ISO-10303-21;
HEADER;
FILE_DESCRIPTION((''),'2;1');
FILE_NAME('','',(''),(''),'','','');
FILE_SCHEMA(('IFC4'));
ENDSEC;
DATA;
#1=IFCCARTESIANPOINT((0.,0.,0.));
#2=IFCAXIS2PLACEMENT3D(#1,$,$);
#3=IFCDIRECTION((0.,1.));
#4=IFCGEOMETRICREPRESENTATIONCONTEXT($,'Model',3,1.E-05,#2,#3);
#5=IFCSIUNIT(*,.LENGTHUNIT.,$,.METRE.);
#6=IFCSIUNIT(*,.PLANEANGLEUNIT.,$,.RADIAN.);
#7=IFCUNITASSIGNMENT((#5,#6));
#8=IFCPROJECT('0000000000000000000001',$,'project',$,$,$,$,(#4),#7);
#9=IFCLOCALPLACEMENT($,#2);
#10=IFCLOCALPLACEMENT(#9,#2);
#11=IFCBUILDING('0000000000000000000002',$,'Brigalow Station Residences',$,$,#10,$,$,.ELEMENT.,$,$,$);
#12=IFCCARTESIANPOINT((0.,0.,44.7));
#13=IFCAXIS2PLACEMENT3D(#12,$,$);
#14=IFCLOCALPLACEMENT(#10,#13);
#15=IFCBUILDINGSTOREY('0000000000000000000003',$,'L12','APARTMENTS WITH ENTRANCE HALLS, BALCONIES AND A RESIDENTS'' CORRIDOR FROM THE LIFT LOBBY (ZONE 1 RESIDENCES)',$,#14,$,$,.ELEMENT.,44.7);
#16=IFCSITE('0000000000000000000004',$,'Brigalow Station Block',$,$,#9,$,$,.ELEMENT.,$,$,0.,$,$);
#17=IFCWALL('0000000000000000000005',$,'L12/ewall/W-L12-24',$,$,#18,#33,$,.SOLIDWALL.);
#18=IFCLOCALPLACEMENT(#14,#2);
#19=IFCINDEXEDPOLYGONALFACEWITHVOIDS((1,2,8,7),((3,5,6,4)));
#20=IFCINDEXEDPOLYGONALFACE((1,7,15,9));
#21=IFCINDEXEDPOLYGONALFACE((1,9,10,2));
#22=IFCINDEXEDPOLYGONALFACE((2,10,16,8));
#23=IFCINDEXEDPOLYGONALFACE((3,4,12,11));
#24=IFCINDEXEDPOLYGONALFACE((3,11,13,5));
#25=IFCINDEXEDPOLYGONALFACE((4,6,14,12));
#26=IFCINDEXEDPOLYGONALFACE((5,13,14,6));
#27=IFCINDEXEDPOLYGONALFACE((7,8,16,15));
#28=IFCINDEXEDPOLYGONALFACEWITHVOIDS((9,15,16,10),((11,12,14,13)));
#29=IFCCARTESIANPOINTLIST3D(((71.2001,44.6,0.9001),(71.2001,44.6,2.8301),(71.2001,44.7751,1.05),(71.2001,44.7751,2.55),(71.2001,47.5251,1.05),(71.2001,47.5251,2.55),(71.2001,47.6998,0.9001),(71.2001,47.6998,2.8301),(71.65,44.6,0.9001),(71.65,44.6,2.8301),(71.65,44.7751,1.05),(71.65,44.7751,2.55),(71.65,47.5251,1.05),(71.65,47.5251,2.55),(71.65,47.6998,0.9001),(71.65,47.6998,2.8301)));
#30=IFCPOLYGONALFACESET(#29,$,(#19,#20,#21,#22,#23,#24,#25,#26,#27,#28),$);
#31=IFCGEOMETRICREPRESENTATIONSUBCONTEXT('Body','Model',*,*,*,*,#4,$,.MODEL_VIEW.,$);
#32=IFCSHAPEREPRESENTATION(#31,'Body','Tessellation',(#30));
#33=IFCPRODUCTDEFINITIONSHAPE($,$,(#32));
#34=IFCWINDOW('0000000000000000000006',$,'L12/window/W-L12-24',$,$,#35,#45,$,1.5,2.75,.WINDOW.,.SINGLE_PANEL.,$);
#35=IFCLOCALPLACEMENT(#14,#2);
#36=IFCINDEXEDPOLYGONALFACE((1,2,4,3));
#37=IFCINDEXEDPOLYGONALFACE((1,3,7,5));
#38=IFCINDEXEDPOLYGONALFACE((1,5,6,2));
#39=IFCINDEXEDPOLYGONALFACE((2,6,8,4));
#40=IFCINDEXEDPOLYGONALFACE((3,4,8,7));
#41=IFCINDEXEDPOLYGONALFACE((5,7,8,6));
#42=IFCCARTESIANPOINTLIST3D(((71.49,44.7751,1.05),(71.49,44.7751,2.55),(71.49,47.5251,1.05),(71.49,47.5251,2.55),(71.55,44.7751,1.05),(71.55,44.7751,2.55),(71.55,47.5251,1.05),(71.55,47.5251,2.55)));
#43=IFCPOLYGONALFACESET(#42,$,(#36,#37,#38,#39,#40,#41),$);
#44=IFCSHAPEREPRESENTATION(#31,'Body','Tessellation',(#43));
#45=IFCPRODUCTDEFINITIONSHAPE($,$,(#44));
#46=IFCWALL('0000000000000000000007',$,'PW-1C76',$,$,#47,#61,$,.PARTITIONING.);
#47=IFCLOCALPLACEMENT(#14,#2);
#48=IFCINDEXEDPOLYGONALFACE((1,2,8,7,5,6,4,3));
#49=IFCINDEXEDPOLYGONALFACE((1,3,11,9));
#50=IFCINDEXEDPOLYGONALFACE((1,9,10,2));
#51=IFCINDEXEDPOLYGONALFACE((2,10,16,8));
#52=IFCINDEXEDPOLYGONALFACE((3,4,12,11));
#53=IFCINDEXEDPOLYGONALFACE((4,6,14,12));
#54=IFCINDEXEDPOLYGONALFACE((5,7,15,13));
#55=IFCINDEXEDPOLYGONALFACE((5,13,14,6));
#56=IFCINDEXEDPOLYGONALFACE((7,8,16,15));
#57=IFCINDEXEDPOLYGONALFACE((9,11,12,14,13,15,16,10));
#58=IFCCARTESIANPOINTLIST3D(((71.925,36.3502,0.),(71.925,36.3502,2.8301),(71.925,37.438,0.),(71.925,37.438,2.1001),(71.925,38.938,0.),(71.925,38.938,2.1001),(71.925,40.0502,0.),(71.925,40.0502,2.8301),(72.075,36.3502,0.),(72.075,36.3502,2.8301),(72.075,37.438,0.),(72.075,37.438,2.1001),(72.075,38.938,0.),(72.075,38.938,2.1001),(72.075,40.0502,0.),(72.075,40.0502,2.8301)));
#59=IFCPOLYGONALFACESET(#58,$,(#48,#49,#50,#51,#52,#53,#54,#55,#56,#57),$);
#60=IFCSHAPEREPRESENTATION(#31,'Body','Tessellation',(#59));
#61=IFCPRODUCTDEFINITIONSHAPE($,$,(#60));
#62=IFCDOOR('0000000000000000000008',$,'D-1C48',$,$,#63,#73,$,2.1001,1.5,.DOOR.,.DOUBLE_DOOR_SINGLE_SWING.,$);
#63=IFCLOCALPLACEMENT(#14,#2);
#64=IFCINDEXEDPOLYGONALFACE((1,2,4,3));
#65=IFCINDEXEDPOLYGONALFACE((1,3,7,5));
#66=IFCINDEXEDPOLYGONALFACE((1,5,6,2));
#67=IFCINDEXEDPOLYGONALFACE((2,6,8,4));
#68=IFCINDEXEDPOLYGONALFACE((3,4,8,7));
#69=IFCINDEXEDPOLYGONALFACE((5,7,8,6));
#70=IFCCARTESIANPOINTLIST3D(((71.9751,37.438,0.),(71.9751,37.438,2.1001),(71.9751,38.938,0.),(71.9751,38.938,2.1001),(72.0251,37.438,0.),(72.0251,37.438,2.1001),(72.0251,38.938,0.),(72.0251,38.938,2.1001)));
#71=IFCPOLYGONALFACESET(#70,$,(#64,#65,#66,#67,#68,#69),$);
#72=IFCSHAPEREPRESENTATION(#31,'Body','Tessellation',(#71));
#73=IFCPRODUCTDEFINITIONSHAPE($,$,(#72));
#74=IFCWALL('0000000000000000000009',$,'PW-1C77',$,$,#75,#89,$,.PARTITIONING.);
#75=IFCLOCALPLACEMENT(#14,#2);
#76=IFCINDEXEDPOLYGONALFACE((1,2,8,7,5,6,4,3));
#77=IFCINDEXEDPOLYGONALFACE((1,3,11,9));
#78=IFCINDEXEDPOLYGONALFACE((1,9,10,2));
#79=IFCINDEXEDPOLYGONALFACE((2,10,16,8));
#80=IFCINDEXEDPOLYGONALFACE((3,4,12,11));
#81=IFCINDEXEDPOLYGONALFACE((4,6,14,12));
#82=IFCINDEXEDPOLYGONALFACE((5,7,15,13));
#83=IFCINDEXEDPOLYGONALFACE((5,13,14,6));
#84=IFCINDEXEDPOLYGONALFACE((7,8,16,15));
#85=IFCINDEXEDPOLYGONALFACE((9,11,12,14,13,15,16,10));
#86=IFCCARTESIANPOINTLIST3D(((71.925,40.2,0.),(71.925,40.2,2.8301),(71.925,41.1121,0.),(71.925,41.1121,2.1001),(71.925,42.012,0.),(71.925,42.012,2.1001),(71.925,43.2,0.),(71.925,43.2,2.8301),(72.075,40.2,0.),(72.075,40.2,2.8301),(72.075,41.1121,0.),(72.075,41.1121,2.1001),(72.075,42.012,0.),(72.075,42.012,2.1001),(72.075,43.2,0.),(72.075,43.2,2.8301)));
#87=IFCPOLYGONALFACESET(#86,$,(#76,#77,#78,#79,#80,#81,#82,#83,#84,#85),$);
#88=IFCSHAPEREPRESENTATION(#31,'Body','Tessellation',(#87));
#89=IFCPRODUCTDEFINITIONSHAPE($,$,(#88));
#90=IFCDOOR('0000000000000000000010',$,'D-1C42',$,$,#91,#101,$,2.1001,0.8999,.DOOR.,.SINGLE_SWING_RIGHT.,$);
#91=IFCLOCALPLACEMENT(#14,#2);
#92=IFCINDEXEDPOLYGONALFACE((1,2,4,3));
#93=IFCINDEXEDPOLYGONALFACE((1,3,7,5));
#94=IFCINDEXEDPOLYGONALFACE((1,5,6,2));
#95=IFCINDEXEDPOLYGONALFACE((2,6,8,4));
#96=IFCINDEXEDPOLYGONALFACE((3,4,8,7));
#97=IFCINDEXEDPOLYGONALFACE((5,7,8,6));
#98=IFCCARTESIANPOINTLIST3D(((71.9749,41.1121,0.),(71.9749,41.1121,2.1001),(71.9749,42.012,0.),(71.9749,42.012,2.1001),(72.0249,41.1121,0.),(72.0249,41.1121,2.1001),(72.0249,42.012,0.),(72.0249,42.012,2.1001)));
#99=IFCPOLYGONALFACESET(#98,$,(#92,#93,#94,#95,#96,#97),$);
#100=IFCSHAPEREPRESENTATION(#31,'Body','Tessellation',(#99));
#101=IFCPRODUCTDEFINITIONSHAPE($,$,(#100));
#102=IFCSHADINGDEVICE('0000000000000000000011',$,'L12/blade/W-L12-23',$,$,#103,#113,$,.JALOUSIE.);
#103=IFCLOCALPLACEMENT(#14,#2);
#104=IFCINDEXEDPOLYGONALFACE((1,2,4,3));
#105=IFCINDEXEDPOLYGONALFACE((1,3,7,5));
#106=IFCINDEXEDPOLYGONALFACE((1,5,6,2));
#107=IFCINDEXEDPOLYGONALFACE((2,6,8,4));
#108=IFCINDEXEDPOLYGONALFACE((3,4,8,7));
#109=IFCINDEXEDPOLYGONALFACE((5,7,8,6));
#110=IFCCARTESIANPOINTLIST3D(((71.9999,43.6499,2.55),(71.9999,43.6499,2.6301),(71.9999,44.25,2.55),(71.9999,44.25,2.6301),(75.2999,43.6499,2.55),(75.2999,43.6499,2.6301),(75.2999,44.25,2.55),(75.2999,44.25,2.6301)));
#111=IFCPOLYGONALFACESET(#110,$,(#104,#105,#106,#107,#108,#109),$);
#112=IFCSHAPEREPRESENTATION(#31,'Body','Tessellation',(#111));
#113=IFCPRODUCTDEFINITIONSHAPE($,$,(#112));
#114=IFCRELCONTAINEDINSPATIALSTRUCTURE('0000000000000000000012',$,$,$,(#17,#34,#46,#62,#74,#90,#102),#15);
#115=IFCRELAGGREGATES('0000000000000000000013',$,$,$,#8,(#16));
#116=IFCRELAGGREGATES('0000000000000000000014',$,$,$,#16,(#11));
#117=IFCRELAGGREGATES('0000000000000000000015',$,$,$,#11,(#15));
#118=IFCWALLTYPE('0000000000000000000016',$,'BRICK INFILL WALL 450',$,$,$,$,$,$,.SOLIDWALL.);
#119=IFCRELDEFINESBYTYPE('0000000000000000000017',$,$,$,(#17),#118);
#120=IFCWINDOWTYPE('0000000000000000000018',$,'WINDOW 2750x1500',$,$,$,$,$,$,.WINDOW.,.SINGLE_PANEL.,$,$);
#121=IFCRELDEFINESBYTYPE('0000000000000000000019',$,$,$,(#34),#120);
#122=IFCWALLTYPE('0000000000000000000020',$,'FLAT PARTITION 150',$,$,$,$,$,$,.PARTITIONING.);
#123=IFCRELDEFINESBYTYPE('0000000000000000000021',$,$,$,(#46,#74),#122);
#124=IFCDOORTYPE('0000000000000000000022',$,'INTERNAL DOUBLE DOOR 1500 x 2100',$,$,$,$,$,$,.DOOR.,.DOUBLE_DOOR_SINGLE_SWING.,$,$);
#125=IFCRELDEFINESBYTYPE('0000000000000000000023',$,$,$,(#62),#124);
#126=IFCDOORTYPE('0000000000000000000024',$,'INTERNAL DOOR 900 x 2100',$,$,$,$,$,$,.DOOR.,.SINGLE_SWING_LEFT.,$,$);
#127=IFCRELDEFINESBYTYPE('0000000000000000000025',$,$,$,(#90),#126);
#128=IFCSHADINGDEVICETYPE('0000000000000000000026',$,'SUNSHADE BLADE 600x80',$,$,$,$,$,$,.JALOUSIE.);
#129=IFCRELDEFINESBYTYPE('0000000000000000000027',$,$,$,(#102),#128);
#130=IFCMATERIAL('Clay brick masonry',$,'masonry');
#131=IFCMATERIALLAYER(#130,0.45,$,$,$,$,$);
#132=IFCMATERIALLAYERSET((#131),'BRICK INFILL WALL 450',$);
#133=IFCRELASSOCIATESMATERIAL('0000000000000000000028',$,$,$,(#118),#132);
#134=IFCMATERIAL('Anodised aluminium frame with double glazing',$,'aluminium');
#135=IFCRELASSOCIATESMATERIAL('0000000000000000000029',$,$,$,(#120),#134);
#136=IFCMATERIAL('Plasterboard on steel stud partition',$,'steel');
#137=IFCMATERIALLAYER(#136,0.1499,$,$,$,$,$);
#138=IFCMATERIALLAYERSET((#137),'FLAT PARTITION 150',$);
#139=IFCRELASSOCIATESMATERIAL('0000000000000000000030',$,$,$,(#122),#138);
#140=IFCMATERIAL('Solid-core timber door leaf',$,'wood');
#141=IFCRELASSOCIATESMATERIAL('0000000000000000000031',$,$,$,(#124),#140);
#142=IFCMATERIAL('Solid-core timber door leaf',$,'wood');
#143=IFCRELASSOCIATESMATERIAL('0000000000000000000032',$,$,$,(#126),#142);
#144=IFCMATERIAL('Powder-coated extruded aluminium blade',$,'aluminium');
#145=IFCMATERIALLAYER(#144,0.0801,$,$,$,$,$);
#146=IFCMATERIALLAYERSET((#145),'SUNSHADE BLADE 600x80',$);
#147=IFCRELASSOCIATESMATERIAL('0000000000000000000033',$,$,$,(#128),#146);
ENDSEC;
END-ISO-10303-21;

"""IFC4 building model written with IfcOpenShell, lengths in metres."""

from ifc_helpers import new_model, si_unit, direction, frame, frame_2d, origin, origin_2d, place, context, subcontext, project, spatial, rectangle, extrude, material, layer, layer_set, type_object, element, fill, save


model = new_model("IFC4")

# Units and contexts
model_context = context("Model", 3, precision=1e-05, world=origin(), true_north=direction((0.0, 1.0)))
body_context = subcontext(model_context, "Body", "Model", "MODEL_VIEW")
ifc_project = project(units=[si_unit("LENGTHUNIT", "METRE"), si_unit("PLANEANGLEUNIT", "RADIAN")], contexts=[model_context])

# Site, building, storey
site_placement = place(None, origin())
site = spatial("IfcSite", under=ifc_project, at=site_placement, Name="Brigalow Station Block", CompositionType="ELEMENT", RefElevation=0.0)
building_placement = place(site_placement, origin())
building = spatial("IfcBuilding", under=site, at=building_placement, Name="Brigalow Station Residences", CompositionType="ELEMENT")
storey_placement = place(building_placement, frame((0.0, 0.0, 44.7)))
storey = spatial("IfcBuildingStorey", under=building, at=storey_placement, Name="L12", Description="APARTMENTS WITH ENTRANCE HALLS, BALCONIES AND A RESIDENTS' CORRIDOR FROM THE LIFT LOBBY (ZONE 1 RESIDENCES)", CompositionType="ELEMENT", Elevation=44.7)

# Wall, opening, window
ifc_material_1 = material(Name="Clay brick masonry", Category="masonry")
ifc_layer_1 = layer(ifc_material_1, 0.45)
ifc_layer_set_1 = layer_set([ifc_layer_1], Name="BRICK INFILL WALL 450")
wall_type_1 = type_object("IfcWallType", Name="BRICK INFILL WALL 450", PredefinedType="SOLIDWALL", material=ifc_layer_set_1)
wall_1_placement = place(storey_placement, frame((71.425, 44.6001, 0.9001), z_axis=(0.0, 0.0, 1.0), x_axis=(0.0, 1.0, 0.0)))
wall_1 = element("IfcWall", 1, at=wall_1_placement, inside=storey, type_object=wall_type_1, Name="L12/ewall/W-L12-24", PredefinedType="SOLIDWALL", context=body_context, shape_type="SweptSolid", body=[
    extrude(rectangle(XDim=3.0999, YDim=0.45, at=frame_2d((1.5498, 0.0))), origin(), (0.0, 0.0, 1.0), 1.9299),
])
opening_1_placement = place(wall_1_placement, frame((0.175, 0.0, 0.1499)))
opening_1 = element("IfcOpeningElement", 2, at=opening_1_placement, cuts=wall_1, PredefinedType="OPENING", context=body_context, shape_type="SweptSolid", body=[
    extrude(rectangle(XDim=2.75, YDim=1.5, at=frame_2d((1.375, 0.75))), frame((0.0, 0.2349, 0.0), z_axis=(0.0, -1.0, 0.0), x_axis=(1.0, 0.0, 0.0)), (0.0, 0.0, 1.0), 0.47),
])
ifc_material_2 = material(Name="Anodised aluminium frame with double glazing", Category="aluminium")
window_type_1 = type_object("IfcWindowType", Name="WINDOW 2750x1500", PartitioningType="SINGLE_PANEL", PredefinedType="WINDOW", material=ifc_material_2)
window_1_placement = place(opening_1_placement, origin())
window_1 = element("IfcWindow", 3, at=window_1_placement, inside=storey, type_object=window_type_1, Name="L12/window/W-L12-24", OverallHeight=1.5, OverallWidth=2.75, PartitioningType="SINGLE_PANEL", PredefinedType="WINDOW", context=body_context, shape_type="SweptSolid", body=[
    extrude(rectangle(XDim=2.75, YDim=1.5, at=frame_2d((1.375, 0.75))), frame((0.0, -0.0649, 0.0), z_axis=(0.0, -1.0, 0.0), x_axis=(1.0, 0.0, 0.0)), (0.0, 0.0, 1.0), 0.0601),
])
fill(opening_1, window_1)

# Walls, openings, doors
ifc_material_3 = material(Name="Plasterboard on steel stud partition", Category="steel")
ifc_layer_2 = layer(ifc_material_3, 0.1499)
ifc_layer_set_2 = layer_set([ifc_layer_2], Name="FLAT PARTITION 150")
wall_type_2 = type_object("IfcWallType", Name="FLAT PARTITION 150", PredefinedType="PARTITIONING", material=ifc_layer_set_2)
wall_2_placement = place(storey_placement, frame((72.0, 36.3501, 0.0), z_axis=(0.0, 0.0, 1.0), x_axis=(0.0, 1.0, 0.0)))
wall_2 = element("IfcWall", 4, at=wall_2_placement, inside=storey, type_object=wall_type_2, Name="PW-1C76", PredefinedType="PARTITIONING", context=body_context, shape_type="SweptSolid", body=[
    extrude(rectangle(XDim=3.7, YDim=0.1499, at=frame_2d((1.8501, 0.0))), origin(), (0.0, 0.0, 1.0), 2.8301),
])
opening_2_placement = place(wall_2_placement, frame((1.0879, 0.0, 0.0)))
opening_2 = element("IfcOpeningElement", 5, at=opening_2_placement, cuts=wall_2, PredefinedType="OPENING", context=body_context, shape_type="SweptSolid", body=[
    extrude(rectangle(XDim=1.5, YDim=2.1001, at=frame_2d((0.75, 1.05))), frame((0.0, 0.085, 0.0), z_axis=(0.0, -1.0, 0.0), x_axis=(1.0, 0.0, 0.0)), (0.0, 0.0, 1.0), 0.1699),
])
ifc_material_4 = material(Name="Solid-core timber door leaf", Category="wood")
door_type_1 = type_object("IfcDoorType", Name="INTERNAL DOUBLE DOOR 1500 x 2100", OperationType="DOUBLE_DOOR_SINGLE_SWING", PredefinedType="DOOR", material=ifc_material_4)
door_1_placement = place(opening_2_placement, origin())
door_1 = element("IfcDoor", 6, at=door_1_placement, inside=storey, type_object=door_type_1, Name="D-1C48", OperationType="DOUBLE_DOOR_SINGLE_SWING", OverallHeight=2.1001, OverallWidth=1.5, PredefinedType="DOOR", context=body_context, shape_type="SweptSolid", body=[
    extrude(rectangle(XDim=1.5, YDim=2.1001, at=frame_2d((0.75, 1.05))), frame((0.0, 0.0249, 0.0), z_axis=(0.0, -1.0, 0.0), x_axis=(1.0, 0.0, 0.0)), (0.0, 0.0, 1.0), 0.05),
])
fill(opening_2, door_1)
wall_3_placement = place(storey_placement, frame((72.0, 40.2, 0.0), z_axis=(0.0, 0.0, 1.0), x_axis=(0.0, 1.0, 0.0)))
wall_3 = element("IfcWall", 7, at=wall_3_placement, inside=storey, type_object=wall_type_2, Name="PW-1C77", PredefinedType="PARTITIONING", context=body_context, shape_type="SweptSolid", body=[
    extrude(rectangle(XDim=3.0, YDim=0.1499, at=frame_2d((1.5, 0.0))), origin(), (0.0, 0.0, 1.0), 2.8301),
])
opening_3_placement = place(wall_3_placement, frame((0.9121, 0.0, 0.0)))
opening_3 = element("IfcOpeningElement", 8, at=opening_3_placement, cuts=wall_3, PredefinedType="OPENING", context=body_context, shape_type="SweptSolid", body=[
    extrude(rectangle(XDim=0.8999, YDim=2.1001, at=frame_2d((0.45, 1.05))), frame((0.0, 0.085, 0.0), z_axis=(0.0, -1.0, 0.0), x_axis=(1.0, 0.0, 0.0)), (0.0, 0.0, 1.0), 0.1699),
])
ifc_material_5 = material(Name="Solid-core timber door leaf", Category="wood")
door_type_2 = type_object("IfcDoorType", Name="INTERNAL DOOR 900 x 2100", OperationType="SINGLE_SWING_LEFT", PredefinedType="DOOR", material=ifc_material_5)
door_2_placement = place(opening_3_placement, frame((0.8999, 0.0, 0.0), z_axis=(0.0, 0.0, 1.0), x_axis=(-1.0, 0.0, 0.0)))
door_2 = element("IfcDoor", 9, at=door_2_placement, inside=storey, type_object=door_type_2, Name="D-1C42", OperationType="SINGLE_SWING_RIGHT", OverallHeight=2.1001, OverallWidth=0.8999, PredefinedType="DOOR", context=body_context, shape_type="SweptSolid", body=[
    extrude(rectangle(XDim=0.8999, YDim=2.1001, at=frame_2d((0.45, 1.05))), frame((0.0, 0.0249, 0.0), z_axis=(0.0, -1.0, 0.0), x_axis=(1.0, 0.0, 0.0)), (0.0, 0.0, 1.0), 0.05),
])
fill(opening_3, door_2)

# Shading device
ifc_material_6 = material(Name="Powder-coated extruded aluminium blade", Category="aluminium")
ifc_layer_3 = layer(ifc_material_6, 0.0801)
ifc_layer_set_3 = layer_set([ifc_layer_3], Name="SUNSHADE BLADE 600x80")
shading_device_type = type_object("IfcShadingDeviceType", Name="SUNSHADE BLADE 600x80", PredefinedType="JALOUSIE", material=ifc_layer_set_3)
shading_device_placement = place(storey_placement, frame((73.6499, 43.95, 2.55), z_axis=(0.0, 0.0, 1.0), x_axis=(-1.0, 0.0, 0.0)))
element("IfcShadingDevice", 10, at=shading_device_placement, inside=storey, type_object=shading_device_type, Name="L12/blade/W-L12-23", PredefinedType="JALOUSIE", context=body_context, shape_type="SweptSolid", body=[
    extrude(rectangle(XDim=3.3, YDim=0.6001, at=origin_2d()), origin(), (0.0, 0.0, 1.0), 0.0801),
])

save(model, "model.ifc")
